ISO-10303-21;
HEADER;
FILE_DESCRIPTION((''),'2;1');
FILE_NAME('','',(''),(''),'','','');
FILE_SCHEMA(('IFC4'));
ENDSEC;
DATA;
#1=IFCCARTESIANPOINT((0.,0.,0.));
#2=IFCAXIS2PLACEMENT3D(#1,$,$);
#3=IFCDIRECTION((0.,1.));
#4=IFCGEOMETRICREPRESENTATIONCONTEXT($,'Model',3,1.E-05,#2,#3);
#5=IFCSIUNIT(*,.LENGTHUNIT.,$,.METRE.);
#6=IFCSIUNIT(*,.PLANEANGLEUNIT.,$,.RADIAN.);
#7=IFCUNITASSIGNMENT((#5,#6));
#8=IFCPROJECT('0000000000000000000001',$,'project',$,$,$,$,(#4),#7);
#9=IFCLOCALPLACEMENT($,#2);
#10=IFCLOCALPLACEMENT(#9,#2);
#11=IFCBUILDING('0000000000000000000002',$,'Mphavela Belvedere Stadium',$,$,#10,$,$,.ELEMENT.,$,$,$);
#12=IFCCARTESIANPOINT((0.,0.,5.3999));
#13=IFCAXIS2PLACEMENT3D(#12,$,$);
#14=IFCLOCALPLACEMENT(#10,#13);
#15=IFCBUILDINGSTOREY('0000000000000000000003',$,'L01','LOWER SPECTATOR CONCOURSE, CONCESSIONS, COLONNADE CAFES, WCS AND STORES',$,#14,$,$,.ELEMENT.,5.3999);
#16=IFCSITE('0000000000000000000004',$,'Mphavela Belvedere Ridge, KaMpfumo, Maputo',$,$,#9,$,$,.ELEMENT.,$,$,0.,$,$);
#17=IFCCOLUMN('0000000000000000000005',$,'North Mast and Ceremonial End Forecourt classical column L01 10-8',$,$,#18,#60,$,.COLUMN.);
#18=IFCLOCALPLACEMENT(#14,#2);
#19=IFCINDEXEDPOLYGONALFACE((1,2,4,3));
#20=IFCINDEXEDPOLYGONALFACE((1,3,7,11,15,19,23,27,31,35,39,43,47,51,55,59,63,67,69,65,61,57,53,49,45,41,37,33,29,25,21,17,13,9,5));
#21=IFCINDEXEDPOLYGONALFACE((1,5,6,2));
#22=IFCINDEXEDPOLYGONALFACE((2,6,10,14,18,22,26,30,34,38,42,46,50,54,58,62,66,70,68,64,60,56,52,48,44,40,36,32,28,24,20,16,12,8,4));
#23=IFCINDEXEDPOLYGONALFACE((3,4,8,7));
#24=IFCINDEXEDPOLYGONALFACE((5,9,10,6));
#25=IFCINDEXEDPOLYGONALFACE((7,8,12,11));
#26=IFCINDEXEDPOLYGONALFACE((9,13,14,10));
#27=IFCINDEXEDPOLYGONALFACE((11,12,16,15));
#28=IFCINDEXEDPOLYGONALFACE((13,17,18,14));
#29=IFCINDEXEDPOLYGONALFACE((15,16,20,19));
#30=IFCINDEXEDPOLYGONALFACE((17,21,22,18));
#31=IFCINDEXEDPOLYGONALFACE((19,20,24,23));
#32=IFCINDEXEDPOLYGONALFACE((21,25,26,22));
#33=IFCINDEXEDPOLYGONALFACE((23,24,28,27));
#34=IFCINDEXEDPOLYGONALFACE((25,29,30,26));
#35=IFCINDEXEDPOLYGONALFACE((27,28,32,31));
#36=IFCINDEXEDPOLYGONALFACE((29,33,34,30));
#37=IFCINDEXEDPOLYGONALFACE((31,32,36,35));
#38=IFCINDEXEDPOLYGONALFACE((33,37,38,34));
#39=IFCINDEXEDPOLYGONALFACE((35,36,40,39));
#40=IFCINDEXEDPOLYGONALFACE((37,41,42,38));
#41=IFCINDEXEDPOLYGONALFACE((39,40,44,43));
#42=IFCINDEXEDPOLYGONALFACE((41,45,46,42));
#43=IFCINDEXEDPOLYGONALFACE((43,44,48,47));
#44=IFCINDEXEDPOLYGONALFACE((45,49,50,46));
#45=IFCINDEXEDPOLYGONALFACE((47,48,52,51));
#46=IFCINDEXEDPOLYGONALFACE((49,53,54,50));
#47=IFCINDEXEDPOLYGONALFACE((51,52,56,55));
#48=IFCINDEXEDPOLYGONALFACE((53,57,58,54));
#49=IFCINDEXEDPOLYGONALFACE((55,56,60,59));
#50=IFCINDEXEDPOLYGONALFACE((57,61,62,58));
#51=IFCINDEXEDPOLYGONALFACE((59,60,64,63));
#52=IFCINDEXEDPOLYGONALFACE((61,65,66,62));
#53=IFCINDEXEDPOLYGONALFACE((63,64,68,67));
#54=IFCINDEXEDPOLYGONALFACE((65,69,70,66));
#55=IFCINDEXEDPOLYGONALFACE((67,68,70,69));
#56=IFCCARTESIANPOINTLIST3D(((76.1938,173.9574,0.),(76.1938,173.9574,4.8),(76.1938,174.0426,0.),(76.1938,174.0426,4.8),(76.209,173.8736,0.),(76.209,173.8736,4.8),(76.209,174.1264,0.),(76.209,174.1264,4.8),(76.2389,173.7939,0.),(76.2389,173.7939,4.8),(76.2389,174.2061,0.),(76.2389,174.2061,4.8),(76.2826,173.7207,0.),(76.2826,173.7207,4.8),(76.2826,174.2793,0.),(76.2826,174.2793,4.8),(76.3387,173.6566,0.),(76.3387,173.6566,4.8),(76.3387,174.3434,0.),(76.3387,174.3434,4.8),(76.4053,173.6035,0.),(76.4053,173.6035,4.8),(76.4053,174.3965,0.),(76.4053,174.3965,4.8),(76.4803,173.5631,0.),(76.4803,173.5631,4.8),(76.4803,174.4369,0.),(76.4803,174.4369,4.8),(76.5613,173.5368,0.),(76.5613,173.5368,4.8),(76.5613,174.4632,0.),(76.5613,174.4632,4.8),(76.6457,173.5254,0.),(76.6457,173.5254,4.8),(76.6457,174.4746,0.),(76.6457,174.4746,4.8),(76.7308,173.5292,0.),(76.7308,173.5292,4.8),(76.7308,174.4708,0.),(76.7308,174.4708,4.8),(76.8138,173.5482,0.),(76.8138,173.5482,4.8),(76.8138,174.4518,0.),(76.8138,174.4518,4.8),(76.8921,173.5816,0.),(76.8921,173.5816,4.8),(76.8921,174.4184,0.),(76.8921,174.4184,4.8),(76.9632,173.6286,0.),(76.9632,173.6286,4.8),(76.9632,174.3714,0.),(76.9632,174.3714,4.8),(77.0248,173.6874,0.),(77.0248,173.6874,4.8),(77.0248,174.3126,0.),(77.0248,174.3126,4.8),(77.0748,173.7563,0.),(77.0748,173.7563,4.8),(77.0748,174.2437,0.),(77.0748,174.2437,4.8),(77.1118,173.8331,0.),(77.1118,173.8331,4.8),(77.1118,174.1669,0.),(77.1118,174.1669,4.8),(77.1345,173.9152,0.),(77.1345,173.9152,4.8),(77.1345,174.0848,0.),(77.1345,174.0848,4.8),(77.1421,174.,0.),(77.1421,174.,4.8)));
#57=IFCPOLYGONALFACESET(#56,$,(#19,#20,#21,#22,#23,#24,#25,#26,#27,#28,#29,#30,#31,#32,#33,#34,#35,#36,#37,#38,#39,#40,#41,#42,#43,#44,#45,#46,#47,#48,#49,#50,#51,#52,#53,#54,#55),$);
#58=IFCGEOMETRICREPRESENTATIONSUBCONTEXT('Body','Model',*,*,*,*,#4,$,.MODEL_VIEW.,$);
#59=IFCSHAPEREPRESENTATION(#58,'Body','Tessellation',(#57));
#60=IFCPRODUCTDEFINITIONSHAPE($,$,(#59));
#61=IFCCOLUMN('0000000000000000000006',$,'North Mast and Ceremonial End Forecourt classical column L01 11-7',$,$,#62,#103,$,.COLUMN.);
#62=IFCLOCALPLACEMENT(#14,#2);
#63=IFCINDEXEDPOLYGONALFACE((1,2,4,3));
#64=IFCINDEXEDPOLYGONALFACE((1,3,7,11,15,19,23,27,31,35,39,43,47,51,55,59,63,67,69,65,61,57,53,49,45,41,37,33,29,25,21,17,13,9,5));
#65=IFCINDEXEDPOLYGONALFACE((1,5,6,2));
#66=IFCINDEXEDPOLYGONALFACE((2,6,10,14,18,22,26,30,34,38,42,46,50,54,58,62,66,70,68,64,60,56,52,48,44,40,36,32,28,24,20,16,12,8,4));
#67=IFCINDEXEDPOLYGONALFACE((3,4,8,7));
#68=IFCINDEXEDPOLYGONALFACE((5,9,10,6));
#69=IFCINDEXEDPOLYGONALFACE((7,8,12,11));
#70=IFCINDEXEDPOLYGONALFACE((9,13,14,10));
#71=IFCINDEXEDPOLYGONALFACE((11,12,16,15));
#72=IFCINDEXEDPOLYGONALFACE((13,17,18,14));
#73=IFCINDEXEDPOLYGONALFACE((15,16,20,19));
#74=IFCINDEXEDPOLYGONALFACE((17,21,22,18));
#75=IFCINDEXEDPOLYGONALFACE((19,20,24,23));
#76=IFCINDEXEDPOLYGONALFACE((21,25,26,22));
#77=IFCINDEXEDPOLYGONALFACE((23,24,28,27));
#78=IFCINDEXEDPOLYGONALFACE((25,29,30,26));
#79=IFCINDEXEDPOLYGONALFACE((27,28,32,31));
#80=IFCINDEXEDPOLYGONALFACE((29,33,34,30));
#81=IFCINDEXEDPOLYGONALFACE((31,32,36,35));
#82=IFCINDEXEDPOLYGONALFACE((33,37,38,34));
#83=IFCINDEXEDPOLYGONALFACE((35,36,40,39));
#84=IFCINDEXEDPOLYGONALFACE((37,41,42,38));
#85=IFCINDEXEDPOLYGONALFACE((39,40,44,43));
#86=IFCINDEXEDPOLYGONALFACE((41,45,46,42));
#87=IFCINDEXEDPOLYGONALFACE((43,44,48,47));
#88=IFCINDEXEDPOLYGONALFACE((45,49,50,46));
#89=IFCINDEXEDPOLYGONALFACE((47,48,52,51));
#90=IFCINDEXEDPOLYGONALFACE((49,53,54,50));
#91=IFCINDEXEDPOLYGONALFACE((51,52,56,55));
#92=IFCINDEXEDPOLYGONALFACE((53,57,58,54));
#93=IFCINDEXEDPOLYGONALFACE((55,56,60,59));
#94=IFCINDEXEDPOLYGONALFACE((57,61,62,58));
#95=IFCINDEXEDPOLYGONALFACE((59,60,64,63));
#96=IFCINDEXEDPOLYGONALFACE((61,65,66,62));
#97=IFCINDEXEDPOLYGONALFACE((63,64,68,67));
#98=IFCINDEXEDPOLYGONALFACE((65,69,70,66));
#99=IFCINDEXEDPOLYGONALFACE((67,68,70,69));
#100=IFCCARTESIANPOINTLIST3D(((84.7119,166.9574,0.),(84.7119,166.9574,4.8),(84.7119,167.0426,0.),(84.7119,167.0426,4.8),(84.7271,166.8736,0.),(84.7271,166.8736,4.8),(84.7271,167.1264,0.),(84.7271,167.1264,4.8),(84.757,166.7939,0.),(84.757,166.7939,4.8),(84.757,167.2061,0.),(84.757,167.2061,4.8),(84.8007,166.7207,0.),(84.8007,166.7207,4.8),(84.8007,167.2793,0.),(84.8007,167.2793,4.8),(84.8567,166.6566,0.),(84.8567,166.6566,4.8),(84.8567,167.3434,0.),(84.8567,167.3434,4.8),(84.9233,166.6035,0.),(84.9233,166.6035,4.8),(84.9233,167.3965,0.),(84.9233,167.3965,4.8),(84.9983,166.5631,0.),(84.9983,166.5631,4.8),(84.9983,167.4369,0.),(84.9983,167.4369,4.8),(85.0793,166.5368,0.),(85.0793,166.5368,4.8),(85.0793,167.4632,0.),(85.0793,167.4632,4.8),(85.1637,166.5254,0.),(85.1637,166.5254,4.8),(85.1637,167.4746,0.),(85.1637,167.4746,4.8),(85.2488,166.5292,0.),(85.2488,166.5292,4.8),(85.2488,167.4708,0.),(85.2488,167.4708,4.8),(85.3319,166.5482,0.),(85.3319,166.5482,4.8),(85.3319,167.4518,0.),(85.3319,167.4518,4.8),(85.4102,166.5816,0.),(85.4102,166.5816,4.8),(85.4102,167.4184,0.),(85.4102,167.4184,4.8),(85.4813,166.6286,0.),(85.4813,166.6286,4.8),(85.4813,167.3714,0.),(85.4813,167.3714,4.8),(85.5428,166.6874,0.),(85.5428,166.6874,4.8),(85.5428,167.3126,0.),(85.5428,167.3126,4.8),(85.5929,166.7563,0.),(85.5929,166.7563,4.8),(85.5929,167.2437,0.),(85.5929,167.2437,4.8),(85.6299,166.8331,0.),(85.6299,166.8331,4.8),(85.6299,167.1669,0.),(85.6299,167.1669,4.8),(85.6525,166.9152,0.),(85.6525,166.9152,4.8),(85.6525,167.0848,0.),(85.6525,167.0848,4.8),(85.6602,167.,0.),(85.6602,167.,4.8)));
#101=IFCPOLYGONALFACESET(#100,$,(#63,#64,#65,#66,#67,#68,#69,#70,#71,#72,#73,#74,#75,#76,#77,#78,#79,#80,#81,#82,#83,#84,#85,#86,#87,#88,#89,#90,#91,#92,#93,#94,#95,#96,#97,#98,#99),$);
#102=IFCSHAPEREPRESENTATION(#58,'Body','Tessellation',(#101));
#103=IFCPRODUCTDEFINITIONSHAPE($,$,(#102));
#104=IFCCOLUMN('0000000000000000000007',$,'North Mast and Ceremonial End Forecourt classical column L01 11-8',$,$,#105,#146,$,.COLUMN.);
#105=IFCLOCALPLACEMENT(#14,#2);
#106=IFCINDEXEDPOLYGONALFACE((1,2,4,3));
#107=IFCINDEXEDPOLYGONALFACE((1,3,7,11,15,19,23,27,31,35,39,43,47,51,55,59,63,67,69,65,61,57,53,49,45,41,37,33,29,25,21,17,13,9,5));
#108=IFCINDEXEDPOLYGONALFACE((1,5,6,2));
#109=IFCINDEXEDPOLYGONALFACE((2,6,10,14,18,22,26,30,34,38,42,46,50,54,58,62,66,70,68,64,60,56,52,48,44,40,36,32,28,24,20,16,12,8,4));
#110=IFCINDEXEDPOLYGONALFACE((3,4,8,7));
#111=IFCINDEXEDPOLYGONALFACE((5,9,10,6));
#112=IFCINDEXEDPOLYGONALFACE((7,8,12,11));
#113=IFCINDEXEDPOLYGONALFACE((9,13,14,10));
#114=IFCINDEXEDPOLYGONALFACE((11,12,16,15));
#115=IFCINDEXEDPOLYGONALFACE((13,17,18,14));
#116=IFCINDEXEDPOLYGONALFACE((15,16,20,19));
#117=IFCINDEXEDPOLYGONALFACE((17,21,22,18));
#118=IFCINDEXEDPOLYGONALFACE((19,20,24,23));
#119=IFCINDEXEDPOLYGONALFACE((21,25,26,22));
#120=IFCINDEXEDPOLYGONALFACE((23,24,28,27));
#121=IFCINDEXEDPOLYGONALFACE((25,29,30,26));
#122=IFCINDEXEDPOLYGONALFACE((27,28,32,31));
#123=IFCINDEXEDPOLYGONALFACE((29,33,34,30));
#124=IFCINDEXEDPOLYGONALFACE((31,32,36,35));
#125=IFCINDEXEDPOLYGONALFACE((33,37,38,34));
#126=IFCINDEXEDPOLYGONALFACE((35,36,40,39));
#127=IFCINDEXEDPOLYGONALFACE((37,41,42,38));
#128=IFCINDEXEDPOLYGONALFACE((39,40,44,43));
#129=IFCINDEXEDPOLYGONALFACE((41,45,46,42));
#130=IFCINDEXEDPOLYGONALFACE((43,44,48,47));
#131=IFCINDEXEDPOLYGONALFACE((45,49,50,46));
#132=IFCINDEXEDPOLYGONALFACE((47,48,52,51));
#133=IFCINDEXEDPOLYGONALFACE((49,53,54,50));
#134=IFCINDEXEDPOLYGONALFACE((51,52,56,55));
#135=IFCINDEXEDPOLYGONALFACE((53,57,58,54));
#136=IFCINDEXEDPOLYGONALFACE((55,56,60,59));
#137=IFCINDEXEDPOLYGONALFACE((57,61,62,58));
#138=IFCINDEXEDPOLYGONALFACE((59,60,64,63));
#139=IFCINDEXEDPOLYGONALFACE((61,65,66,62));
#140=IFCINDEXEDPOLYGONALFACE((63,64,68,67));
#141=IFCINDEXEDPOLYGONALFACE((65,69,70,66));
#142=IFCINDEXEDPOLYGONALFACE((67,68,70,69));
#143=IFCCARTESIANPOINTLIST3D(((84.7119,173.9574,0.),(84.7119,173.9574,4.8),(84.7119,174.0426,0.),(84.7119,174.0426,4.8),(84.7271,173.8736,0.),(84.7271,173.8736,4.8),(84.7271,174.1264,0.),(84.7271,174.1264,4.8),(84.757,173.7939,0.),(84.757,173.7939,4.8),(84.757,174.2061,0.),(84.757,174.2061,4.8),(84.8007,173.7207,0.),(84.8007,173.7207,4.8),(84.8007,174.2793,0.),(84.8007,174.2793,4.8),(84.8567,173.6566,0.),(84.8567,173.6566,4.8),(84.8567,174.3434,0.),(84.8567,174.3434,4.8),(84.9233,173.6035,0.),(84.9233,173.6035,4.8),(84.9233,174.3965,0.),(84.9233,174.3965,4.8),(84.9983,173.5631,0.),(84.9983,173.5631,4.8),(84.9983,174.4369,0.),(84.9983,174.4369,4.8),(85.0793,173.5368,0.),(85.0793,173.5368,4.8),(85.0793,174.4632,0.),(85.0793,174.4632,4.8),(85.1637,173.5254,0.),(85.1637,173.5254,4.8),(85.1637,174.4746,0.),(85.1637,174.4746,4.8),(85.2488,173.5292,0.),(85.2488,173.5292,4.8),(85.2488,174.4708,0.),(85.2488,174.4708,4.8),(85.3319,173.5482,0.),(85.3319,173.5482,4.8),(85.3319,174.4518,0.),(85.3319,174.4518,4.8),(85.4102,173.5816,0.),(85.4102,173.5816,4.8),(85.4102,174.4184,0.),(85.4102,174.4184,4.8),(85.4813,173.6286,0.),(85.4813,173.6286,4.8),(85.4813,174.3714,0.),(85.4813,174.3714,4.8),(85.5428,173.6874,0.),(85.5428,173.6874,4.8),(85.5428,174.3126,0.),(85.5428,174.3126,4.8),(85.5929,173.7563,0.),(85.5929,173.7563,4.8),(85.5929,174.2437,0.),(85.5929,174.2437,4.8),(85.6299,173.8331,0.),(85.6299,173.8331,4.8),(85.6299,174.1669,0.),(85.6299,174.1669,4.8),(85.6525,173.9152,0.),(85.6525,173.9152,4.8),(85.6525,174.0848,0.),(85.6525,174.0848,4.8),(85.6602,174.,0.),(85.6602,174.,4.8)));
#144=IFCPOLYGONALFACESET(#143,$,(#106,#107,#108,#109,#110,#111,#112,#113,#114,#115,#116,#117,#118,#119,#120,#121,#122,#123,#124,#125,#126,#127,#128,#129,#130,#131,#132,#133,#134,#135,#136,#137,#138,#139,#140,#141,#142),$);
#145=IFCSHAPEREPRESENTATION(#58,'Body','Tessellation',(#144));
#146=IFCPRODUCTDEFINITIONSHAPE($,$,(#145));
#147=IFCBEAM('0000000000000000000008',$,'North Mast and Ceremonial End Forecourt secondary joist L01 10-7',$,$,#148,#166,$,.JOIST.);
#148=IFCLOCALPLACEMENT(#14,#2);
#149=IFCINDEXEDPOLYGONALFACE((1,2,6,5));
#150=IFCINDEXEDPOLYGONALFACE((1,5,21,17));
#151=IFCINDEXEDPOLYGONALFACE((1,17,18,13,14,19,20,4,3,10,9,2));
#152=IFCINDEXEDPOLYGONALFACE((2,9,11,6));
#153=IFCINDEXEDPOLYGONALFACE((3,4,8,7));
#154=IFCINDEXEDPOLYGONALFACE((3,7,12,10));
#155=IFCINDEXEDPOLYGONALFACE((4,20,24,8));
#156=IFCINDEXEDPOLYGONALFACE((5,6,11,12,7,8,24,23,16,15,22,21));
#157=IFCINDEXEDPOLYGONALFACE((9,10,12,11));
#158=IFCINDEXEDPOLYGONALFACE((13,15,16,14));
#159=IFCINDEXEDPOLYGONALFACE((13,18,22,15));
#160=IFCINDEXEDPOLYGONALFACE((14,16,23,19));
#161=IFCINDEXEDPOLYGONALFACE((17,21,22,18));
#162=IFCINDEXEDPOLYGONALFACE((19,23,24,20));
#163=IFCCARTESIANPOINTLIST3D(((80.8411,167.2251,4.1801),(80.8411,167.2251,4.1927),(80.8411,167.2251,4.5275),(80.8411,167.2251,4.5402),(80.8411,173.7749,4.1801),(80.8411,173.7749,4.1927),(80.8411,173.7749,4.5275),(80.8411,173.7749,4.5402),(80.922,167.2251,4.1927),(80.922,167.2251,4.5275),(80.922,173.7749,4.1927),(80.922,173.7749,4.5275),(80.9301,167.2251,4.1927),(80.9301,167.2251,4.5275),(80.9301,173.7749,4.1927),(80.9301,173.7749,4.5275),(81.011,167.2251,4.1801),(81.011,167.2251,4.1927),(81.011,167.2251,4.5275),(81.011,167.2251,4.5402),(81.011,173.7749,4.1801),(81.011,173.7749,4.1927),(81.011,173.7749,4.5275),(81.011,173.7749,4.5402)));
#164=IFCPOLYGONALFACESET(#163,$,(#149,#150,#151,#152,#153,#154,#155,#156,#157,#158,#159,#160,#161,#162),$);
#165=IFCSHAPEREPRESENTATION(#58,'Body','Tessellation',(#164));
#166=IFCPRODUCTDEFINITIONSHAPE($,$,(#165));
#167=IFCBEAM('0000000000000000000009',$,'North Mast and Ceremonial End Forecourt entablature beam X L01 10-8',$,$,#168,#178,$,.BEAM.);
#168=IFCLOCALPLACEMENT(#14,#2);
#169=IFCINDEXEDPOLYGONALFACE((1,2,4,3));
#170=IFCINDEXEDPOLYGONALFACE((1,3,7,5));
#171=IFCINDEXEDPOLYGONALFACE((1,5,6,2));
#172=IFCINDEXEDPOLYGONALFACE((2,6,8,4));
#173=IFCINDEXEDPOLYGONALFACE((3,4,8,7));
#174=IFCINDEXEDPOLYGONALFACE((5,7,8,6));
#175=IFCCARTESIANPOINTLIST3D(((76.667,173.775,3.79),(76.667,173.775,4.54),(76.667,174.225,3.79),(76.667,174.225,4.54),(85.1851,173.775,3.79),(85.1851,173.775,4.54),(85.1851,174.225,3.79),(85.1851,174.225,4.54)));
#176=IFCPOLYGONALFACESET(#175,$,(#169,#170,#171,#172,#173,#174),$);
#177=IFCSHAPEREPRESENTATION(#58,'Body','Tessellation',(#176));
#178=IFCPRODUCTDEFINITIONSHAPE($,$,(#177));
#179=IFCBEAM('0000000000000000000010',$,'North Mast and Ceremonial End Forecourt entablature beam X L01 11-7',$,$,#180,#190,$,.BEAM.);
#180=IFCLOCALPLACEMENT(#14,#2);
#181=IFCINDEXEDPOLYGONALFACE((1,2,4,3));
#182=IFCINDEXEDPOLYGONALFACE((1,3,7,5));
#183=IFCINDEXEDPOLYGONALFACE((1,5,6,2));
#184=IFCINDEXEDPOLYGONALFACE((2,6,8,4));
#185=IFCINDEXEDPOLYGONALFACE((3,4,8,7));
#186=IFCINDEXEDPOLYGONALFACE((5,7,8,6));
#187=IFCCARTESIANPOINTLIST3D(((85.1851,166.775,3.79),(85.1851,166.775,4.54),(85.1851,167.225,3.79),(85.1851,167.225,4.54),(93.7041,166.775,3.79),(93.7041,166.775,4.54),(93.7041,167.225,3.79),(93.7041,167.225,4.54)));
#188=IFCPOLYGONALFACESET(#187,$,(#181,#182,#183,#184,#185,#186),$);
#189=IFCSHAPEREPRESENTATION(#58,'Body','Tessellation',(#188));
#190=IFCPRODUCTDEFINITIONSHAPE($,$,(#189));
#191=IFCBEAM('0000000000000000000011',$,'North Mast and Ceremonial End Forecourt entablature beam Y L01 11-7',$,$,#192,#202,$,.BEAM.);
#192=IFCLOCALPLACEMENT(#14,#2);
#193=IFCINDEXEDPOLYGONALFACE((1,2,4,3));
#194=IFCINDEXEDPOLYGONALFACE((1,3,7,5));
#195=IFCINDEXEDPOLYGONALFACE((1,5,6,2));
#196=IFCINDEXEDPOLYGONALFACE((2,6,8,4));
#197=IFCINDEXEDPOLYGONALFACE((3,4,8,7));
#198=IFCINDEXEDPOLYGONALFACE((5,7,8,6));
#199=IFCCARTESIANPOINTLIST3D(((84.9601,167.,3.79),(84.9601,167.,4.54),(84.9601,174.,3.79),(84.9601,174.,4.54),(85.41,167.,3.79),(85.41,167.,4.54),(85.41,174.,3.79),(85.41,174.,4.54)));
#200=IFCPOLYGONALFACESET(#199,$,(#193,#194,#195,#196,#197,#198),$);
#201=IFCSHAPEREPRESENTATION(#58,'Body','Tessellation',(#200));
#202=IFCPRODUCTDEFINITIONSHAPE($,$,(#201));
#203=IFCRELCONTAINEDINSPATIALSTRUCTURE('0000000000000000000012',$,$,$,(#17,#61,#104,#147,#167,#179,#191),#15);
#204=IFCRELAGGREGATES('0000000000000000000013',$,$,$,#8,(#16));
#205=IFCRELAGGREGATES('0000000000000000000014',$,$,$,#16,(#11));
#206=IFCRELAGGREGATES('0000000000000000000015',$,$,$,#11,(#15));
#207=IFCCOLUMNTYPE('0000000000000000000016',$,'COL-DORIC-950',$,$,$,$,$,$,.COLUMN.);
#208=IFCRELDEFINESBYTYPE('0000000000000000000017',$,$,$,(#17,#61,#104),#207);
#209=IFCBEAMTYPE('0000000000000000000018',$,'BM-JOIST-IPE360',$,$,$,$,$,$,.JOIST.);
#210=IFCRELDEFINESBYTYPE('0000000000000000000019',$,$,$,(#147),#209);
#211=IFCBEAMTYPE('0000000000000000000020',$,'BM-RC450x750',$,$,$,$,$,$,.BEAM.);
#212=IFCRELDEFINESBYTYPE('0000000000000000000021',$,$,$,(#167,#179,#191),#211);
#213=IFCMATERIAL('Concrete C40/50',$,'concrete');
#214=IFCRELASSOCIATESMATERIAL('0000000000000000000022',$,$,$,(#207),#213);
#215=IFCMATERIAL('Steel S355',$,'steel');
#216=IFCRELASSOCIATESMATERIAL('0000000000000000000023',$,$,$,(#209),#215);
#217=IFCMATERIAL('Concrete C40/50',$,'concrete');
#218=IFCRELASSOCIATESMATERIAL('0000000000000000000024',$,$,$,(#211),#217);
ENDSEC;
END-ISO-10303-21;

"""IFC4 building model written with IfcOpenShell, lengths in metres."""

from ifc_helpers import new_model, si_unit, direction, frame, origin, origin_2d, place, context, subcontext, project, spatial, rectangle, circle, i_section, extrude, material, material_profile, profile_set, type_object, element, save


model = new_model("IFC4")

# Units and contexts
model_context = context("Model", 3, precision=1e-05, world=origin(), true_north=direction((0.0, 1.0)))
body_context = subcontext(model_context, "Body", "Model", "MODEL_VIEW")
ifc_project = project(units=[si_unit("LENGTHUNIT", "METRE"), si_unit("PLANEANGLEUNIT", "RADIAN")], contexts=[model_context])

# Site, building, storey
site_placement = place(None, origin())
site = spatial("IfcSite", under=ifc_project, at=site_placement, Name="Mphavela Belvedere Ridge, KaMpfumo, Maputo", CompositionType="ELEMENT", RefElevation=0.0)
building_placement = place(site_placement, origin())
building = spatial("IfcBuilding", under=site, at=building_placement, Name="Mphavela Belvedere Stadium", CompositionType="ELEMENT")
storey_placement = place(building_placement, frame((0.0, 0.0, 5.3999)))
storey = spatial("IfcBuildingStorey", under=building, at=storey_placement, Name="L01", Description="LOWER SPECTATOR CONCOURSE, CONCESSIONS, COLONNADE CAFES, WCS AND STORES", CompositionType="ELEMENT", Elevation=5.3999)

# Columns
ifc_material_1 = material(Name="Concrete C40/50", Category="concrete")
ifc_material_profile_1 = material_profile(ifc_material_1, circle(Radius=0.4751, at=origin_2d()), Name="COL D950")
ifc_profile_set_1 = profile_set([ifc_material_profile_1], Name="Concrete C40/50")
column_type = type_object("IfcColumnType", Name="COL-DORIC-950", PredefinedType="COLUMN", material=ifc_profile_set_1)
for number, where, z_axis, x_axis, name in (
    (1, (76.667, 174.0, 0.0), (0.0, 0.0, 1.0), (1.0, 0.0, 0.0), "North Mast and Ceremonial End Forecourt classical column L01 10-8"),
    (2, (85.1851, 167.0, 0.0), (0.0, 0.0, 1.0), (1.0, 0.0, 0.0), "North Mast and Ceremonial End Forecourt classical column L01 11-7"),
    (3, (85.1851, 174.0, 0.0), (0.0, 0.0, 1.0), (1.0, 0.0, 0.0), "North Mast and Ceremonial End Forecourt classical column L01 11-8"),
):
    element("IfcColumn", number, at=place(storey_placement, frame(where, z_axis=z_axis, x_axis=x_axis)), inside=storey, type_object=column_type, Name=name, PredefinedType="COLUMN", context=body_context, shape_type="SweptSolid", body=[
        extrude(circle(Radius=0.4751, at=origin_2d()), origin(), (0.0, 0.0, 1.0), 4.8),
    ])

# Beams
ifc_material_2 = material(Name="Steel S355", Category="steel")
ifc_material_profile_2 = material_profile(ifc_material_2, i_section(OverallWidth=0.1699, OverallDepth=0.3601, WebThickness=0.0081, FlangeThickness=0.0127, at=origin_2d()), Name="IPE 360")
ifc_profile_set_2 = profile_set([ifc_material_profile_2], Name="Steel S355")
beam_type_1 = type_object("IfcBeamType", Name="BM-JOIST-IPE360", PredefinedType="JOIST", material=ifc_profile_set_2)
beam_1_placement = place(storey_placement, frame((80.926, 167.2251, 4.3601), z_axis=(0.0, 1.0, 0.0), x_axis=(-1.0, 0.0, 0.0)))
element("IfcBeam", 4, at=beam_1_placement, inside=storey, type_object=beam_type_1, Name="North Mast and Ceremonial End Forecourt secondary joist L01 10-7", PredefinedType="JOIST", context=body_context, shape_type="SweptSolid", body=[
    extrude(i_section(OverallWidth=0.1699, OverallDepth=0.3601, WebThickness=0.0081, FlangeThickness=0.0127, at=origin_2d()), origin(), (0.0, 0.0, 1.0), 6.5498),
])
ifc_material_3 = material(Name="Concrete C40/50", Category="concrete")
ifc_material_profile_3 = material_profile(ifc_material_3, rectangle(XDim=0.45, YDim=0.75, at=origin_2d()), Name="RC 450x750")
ifc_profile_set_3 = profile_set([ifc_material_profile_3], Name="Concrete C40/50")
beam_type_2 = type_object("IfcBeamType", Name="BM-RC450x750", PredefinedType="BEAM", material=ifc_profile_set_3)
beam_2_placement = place(storey_placement, frame((76.667, 174.0, 4.165), z_axis=(1.0, 0.0, 0.0), x_axis=(0.0, 1.0, 0.0)))
element("IfcBeam", 5, at=beam_2_placement, inside=storey, type_object=beam_type_2, Name="North Mast and Ceremonial End Forecourt entablature beam X L01 10-8", PredefinedType="BEAM", context=body_context, shape_type="SweptSolid", body=[
    extrude(rectangle(XDim=0.45, YDim=0.75, at=origin_2d()), origin(), (0.0, 0.0, 1.0), 8.5181),
])
beam_3_placement = place(storey_placement, frame((85.1851, 167.0, 4.165), z_axis=(1.0, 0.0, 0.0), x_axis=(0.0, 1.0, 0.0)))
element("IfcBeam", 6, at=beam_3_placement, inside=storey, type_object=beam_type_2, Name="North Mast and Ceremonial End Forecourt entablature beam X L01 11-7", PredefinedType="BEAM", context=body_context, shape_type="SweptSolid", body=[
    extrude(rectangle(XDim=0.45, YDim=0.75, at=origin_2d()), origin(), (0.0, 0.0, 1.0), 8.519),
])
beam_4_placement = place(storey_placement, frame((85.1851, 167.0, 4.165), z_axis=(0.0, 1.0, 0.0), x_axis=(-1.0, 0.0, 0.0)))
element("IfcBeam", 7, at=beam_4_placement, inside=storey, type_object=beam_type_2, Name="North Mast and Ceremonial End Forecourt entablature beam Y L01 11-7", PredefinedType="BEAM", context=body_context, shape_type="SweptSolid", body=[
    extrude(rectangle(XDim=0.45, YDim=0.75, at=origin_2d()), origin(), (0.0, 0.0, 1.0), 7.0),
])

save(model, "model.ifc")
